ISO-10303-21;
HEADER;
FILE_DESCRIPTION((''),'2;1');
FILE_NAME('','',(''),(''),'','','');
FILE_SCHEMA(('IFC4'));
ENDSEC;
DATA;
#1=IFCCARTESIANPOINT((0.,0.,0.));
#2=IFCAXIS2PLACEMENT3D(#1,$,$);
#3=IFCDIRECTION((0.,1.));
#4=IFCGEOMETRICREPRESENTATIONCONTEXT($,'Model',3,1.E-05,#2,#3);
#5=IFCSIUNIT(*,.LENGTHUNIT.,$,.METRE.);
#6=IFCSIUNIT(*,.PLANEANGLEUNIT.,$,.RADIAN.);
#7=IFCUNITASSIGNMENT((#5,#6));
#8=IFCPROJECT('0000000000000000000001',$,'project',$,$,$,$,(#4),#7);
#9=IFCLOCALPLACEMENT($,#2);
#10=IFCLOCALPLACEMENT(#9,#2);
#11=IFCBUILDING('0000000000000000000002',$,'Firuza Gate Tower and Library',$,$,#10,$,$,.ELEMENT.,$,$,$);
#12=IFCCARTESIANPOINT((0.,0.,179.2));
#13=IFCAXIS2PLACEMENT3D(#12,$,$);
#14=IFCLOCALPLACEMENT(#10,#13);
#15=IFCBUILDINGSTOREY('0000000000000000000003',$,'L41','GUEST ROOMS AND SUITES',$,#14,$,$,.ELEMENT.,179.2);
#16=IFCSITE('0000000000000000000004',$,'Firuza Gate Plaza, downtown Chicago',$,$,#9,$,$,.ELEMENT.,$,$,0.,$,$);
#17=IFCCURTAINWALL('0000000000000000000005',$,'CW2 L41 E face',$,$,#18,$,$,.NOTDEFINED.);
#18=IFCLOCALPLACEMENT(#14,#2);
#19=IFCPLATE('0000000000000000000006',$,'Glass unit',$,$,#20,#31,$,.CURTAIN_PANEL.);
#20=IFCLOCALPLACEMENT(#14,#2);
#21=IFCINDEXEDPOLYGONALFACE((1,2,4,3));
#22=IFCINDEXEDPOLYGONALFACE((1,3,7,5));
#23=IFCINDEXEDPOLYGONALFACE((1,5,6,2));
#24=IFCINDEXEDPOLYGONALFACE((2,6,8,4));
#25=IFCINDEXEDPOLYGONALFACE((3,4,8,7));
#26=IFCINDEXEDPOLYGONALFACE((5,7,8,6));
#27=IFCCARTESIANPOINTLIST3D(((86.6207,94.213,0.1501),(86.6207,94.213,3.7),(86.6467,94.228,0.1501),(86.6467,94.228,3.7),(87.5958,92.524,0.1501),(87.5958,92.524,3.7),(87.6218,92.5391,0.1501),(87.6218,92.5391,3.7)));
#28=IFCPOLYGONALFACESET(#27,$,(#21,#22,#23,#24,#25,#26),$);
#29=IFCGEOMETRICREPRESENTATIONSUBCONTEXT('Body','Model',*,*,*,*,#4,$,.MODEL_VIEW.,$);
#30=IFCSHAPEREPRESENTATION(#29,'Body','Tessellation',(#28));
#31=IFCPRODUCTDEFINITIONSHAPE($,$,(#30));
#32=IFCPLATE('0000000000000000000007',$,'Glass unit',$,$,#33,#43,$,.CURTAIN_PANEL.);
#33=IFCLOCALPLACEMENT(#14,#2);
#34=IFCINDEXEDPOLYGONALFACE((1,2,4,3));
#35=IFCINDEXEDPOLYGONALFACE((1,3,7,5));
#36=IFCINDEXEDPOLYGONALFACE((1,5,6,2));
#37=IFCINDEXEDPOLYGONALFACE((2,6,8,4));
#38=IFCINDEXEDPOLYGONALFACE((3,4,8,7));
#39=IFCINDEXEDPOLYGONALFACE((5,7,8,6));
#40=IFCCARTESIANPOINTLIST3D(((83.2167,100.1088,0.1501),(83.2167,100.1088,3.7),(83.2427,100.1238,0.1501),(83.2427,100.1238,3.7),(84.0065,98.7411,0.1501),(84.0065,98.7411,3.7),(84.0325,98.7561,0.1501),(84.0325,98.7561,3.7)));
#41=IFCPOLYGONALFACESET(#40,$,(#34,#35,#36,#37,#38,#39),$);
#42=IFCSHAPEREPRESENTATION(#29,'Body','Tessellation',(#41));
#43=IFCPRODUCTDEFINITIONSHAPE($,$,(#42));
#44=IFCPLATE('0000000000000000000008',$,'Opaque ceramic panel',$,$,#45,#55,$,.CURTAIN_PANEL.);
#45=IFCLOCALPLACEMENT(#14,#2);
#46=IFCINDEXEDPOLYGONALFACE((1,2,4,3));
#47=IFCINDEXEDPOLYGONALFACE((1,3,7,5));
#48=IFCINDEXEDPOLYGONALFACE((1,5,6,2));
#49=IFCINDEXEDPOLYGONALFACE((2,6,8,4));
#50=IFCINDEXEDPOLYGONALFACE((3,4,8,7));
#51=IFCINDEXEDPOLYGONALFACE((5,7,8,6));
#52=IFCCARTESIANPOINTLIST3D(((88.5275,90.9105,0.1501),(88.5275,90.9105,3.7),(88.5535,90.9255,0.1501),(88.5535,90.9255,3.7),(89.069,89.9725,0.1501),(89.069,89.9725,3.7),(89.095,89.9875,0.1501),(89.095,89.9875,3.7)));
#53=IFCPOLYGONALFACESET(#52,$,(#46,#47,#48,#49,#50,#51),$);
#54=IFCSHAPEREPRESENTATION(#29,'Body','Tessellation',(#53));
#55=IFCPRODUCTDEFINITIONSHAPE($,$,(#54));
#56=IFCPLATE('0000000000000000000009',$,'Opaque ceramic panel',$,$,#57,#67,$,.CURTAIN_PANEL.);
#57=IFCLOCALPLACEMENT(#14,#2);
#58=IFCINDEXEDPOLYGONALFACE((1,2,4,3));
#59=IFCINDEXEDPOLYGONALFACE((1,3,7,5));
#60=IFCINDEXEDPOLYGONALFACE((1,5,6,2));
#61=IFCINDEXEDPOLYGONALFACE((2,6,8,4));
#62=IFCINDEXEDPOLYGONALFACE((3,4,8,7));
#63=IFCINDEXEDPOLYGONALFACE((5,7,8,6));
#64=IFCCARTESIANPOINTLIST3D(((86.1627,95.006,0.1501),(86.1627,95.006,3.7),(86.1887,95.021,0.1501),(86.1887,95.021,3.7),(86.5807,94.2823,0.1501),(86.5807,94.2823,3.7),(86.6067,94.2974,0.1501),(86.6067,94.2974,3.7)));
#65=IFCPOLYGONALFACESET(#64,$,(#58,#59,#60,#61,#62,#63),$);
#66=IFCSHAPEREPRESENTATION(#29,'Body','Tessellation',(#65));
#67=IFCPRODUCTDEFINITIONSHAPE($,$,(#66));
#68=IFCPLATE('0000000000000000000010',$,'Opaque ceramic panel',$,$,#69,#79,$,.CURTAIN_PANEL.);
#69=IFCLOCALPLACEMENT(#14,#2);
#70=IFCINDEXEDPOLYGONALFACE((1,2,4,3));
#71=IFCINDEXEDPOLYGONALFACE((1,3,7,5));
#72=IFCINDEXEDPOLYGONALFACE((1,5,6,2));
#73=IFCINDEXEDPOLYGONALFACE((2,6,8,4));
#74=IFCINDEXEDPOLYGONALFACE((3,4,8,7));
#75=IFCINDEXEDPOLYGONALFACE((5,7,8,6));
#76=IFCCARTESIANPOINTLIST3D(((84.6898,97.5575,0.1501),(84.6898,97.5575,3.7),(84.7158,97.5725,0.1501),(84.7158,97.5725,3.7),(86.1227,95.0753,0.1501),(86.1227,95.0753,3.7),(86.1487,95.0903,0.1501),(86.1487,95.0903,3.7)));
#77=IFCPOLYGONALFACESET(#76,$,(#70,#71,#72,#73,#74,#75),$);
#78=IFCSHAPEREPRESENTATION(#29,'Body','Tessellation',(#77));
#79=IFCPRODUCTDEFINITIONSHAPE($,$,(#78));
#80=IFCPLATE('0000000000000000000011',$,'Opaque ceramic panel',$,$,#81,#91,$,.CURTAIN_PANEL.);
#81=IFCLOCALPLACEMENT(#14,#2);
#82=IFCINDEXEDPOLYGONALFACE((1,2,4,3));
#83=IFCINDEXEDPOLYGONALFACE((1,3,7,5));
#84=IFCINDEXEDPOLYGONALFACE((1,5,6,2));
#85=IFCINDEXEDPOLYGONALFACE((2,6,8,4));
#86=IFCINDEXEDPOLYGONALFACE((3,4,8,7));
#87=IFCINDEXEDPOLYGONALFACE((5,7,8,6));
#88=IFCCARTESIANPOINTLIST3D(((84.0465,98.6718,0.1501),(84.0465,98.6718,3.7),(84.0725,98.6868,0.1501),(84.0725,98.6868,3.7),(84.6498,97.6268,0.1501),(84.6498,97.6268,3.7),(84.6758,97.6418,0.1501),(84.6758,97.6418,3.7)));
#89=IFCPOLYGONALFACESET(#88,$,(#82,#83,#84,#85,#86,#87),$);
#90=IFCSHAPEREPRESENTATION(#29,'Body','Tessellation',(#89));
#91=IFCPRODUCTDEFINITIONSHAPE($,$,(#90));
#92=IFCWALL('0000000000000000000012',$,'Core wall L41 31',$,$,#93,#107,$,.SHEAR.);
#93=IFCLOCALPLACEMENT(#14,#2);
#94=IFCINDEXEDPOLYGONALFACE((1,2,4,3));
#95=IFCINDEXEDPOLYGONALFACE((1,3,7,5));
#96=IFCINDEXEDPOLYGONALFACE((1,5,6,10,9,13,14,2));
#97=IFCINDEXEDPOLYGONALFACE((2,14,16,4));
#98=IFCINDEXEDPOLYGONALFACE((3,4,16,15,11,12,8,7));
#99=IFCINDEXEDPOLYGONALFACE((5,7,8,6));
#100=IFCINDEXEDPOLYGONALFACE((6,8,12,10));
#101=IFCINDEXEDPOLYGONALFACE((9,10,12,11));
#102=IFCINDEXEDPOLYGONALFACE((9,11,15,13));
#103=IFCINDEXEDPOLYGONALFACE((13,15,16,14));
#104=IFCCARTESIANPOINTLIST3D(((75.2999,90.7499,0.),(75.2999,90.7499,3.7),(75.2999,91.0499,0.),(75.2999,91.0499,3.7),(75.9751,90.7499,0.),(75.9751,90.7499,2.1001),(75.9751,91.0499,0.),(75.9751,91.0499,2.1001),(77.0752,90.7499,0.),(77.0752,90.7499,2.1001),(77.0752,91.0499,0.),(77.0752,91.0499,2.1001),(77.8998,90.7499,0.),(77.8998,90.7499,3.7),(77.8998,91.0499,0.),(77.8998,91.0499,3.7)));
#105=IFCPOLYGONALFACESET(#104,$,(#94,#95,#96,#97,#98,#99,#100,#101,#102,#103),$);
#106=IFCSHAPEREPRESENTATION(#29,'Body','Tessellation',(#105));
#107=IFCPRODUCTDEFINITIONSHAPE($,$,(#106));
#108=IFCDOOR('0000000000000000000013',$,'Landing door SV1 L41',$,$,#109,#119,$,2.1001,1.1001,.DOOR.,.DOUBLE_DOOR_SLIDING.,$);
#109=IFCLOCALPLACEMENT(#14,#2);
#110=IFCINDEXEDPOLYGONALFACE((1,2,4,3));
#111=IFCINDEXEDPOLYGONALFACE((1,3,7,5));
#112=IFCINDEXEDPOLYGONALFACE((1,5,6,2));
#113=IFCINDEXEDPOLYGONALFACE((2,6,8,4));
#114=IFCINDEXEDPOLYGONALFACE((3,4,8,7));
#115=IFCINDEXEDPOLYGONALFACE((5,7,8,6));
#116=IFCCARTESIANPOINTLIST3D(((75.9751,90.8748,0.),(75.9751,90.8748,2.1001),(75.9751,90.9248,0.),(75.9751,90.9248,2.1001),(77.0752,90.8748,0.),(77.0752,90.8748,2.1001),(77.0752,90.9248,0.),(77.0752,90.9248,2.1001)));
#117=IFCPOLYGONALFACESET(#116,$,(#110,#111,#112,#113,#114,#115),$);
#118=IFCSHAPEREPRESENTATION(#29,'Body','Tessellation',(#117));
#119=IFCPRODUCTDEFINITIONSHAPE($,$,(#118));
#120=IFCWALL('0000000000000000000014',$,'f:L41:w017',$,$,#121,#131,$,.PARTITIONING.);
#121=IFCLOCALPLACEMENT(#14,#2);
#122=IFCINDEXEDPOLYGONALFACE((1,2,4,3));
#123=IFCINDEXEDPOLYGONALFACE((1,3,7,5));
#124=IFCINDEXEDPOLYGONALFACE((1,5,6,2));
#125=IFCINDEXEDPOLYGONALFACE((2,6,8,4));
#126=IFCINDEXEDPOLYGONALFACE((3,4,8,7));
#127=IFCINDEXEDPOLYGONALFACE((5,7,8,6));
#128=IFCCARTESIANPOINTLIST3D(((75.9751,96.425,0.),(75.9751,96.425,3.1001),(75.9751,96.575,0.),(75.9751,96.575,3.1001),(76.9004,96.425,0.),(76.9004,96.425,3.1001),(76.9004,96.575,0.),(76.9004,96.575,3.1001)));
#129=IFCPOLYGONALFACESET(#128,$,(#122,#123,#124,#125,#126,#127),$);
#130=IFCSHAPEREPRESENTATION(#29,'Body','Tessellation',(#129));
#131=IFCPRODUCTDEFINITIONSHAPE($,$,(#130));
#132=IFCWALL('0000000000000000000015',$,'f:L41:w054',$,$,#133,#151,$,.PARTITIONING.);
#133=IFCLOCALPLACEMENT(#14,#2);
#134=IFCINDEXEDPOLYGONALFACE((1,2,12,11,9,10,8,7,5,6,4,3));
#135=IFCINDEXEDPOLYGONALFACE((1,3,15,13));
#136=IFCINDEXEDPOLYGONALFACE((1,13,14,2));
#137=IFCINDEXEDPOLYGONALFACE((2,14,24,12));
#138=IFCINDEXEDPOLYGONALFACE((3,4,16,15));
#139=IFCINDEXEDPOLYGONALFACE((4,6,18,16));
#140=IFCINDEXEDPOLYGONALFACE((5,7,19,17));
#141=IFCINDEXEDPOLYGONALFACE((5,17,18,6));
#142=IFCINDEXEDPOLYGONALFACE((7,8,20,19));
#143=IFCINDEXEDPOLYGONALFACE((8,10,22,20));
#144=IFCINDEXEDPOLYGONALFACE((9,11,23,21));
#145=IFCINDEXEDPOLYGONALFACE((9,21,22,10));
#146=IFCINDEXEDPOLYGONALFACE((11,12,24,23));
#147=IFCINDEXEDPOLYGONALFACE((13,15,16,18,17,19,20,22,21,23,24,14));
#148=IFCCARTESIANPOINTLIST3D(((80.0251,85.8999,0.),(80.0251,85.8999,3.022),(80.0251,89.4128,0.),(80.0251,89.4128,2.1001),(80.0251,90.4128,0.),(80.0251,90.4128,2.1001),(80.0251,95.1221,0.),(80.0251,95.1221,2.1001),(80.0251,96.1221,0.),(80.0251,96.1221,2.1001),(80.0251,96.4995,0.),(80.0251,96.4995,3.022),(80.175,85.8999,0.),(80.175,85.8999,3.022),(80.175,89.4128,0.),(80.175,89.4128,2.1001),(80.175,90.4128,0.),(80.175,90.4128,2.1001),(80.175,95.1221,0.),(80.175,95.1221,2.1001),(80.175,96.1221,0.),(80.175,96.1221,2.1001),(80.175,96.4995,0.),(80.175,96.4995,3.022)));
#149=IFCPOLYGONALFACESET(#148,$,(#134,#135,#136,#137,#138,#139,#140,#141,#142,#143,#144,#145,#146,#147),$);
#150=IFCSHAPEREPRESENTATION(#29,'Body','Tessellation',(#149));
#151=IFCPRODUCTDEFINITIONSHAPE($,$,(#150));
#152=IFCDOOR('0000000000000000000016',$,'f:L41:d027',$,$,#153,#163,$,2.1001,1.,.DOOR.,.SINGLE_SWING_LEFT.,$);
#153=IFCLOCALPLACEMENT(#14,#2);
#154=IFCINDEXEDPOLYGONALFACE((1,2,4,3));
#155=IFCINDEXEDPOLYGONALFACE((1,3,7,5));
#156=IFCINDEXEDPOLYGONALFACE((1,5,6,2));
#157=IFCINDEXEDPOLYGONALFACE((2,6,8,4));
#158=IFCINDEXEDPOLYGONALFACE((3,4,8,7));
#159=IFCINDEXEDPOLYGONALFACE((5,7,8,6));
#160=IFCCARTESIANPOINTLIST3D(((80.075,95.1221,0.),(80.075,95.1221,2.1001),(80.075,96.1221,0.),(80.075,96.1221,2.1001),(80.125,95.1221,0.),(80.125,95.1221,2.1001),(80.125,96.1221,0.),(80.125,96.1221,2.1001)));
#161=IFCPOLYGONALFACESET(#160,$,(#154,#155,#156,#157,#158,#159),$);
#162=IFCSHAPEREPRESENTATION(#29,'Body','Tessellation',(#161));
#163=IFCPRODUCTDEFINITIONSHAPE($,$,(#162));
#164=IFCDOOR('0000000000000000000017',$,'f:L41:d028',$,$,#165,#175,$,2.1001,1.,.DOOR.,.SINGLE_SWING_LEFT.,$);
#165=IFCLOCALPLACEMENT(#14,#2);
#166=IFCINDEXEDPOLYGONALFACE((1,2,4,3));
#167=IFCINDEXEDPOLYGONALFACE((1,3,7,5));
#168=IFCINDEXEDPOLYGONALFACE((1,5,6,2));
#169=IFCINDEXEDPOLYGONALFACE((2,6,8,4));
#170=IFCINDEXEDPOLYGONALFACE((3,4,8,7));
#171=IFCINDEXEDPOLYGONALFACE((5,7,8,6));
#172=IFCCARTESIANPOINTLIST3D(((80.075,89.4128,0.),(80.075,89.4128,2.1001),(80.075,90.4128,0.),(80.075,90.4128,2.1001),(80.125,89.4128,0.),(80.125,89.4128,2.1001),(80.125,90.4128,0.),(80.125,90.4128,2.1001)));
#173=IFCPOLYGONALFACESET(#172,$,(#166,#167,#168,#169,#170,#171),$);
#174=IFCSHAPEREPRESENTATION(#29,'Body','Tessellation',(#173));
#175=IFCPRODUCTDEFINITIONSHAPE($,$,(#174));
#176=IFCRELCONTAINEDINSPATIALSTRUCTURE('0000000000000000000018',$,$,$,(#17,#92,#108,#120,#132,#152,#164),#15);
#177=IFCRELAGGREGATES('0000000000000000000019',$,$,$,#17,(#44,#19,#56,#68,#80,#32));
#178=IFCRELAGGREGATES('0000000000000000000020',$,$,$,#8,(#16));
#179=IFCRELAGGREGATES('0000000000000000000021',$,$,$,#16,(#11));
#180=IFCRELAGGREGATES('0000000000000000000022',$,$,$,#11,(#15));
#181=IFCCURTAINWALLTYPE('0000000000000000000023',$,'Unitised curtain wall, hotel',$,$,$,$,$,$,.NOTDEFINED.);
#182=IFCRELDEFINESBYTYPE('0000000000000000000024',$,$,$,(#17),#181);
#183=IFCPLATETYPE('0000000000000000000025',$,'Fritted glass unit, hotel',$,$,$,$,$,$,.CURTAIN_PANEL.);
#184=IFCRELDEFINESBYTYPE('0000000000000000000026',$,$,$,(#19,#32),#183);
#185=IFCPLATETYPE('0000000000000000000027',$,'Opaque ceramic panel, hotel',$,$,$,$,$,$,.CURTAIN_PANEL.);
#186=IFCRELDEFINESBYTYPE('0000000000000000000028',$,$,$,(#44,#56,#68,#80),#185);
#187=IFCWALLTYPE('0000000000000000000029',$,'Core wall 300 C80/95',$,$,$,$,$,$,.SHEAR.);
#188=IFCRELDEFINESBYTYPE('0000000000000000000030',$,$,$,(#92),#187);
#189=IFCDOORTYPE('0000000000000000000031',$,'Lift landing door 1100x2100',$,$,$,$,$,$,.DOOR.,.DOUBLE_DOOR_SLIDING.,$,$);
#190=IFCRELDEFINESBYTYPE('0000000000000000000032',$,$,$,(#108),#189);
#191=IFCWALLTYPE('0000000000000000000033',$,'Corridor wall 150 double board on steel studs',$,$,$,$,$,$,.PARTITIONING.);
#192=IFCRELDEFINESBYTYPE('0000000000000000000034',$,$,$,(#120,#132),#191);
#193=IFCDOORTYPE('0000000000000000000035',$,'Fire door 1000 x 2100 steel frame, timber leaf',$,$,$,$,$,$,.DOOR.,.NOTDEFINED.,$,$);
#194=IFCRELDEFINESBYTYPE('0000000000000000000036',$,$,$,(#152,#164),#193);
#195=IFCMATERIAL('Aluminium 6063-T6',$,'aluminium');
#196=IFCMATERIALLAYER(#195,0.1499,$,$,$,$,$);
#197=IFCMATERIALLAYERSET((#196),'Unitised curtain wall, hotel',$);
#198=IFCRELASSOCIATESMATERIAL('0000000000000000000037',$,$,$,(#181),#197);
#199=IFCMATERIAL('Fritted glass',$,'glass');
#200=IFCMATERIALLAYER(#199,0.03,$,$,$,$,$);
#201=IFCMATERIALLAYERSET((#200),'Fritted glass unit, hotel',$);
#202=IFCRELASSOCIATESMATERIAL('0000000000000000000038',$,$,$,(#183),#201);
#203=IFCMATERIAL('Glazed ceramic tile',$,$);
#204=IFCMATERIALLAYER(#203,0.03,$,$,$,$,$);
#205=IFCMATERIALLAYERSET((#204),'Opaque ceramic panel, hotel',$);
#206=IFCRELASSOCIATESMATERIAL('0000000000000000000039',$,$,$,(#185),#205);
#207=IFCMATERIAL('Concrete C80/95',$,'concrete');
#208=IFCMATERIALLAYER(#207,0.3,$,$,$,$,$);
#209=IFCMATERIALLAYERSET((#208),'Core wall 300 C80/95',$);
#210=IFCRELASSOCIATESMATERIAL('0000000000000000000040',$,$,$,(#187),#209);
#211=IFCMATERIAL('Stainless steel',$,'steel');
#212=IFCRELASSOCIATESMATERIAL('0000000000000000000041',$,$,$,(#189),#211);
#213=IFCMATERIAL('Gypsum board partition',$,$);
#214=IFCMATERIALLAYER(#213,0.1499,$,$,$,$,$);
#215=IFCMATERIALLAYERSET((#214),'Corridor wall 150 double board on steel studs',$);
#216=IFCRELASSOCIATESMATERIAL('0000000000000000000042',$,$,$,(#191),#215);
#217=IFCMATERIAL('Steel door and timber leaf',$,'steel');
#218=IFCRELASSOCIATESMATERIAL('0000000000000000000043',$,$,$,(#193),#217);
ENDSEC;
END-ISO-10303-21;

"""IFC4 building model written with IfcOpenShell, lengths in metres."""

from ifc_helpers import new_model, si_unit, direction, frame, frame_2d, origin, place, context, subcontext, project, spatial, polyline, rectangle, outline, extrude, material, layer, layer_set, type_object, element, fill, aggregate, save


model = new_model("IFC4")

# Units and contexts
model_context = context("Model", 3, precision=1e-05, world=origin(), true_north=direction((0.0, 1.0)))
body_context = subcontext(model_context, "Body", "Model", "MODEL_VIEW")
ifc_project = project(units=[si_unit("LENGTHUNIT", "METRE"), si_unit("PLANEANGLEUNIT", "RADIAN")], contexts=[model_context])

# Site, building, storey
site_placement = place(None, origin())
site = spatial("IfcSite", under=ifc_project, at=site_placement, Name="Firuza Gate Plaza, downtown Chicago", CompositionType="ELEMENT", RefElevation=0.0)
building_placement = place(site_placement, origin())
building = spatial("IfcBuilding", under=site, at=building_placement, Name="Firuza Gate Tower and Library", CompositionType="ELEMENT")
storey_placement = place(building_placement, frame((0.0, 0.0, 179.2)))
storey = spatial("IfcBuildingStorey", under=building, at=storey_placement, Name="L41", Description="GUEST ROOMS AND SUITES", CompositionType="ELEMENT", Elevation=179.2)

# Curtain wall
ifc_material_1 = material(Name="Aluminium 6063-T6", Category="aluminium")
ifc_layer_1 = layer(ifc_material_1, 0.1499)
ifc_layer_set_1 = layer_set([ifc_layer_1], Name="Unitised curtain wall, hotel")
curtain_wall_type = type_object("IfcCurtainWallType", Name="Unitised curtain wall, hotel", PredefinedType="NOTDEFINED", material=ifc_layer_set_1)
curtain_wall_placement = place(storey_placement, origin())
curtain_wall = element("IfcCurtainWall", 1, at=curtain_wall_placement, inside=storey, type_object=curtain_wall_type, Name="CW2 L41 E face", PredefinedType="NOTDEFINED")

# Plates
ifc_material_2 = material(Name="Fritted glass", Category="glass")
ifc_layer_2 = layer(ifc_material_2, 0.03)
ifc_layer_set_2 = layer_set([ifc_layer_2], Name="Fritted glass unit, hotel")
plate_type_1 = type_object("IfcPlateType", Name="Fritted glass unit, hotel", PredefinedType="CURTAIN_PANEL", material=ifc_layer_set_2)
plate_1_placement = place(storey_placement, frame((87.6218, 92.5391, 0.1501), z_axis=(0.866031, 0.49999, 0.0), x_axis=(-0.49999, 0.866031, 0.0)))
plate_1 = element("IfcPlate", 2, at=plate_1_placement, type_object=plate_type_1, Name="Glass unit", PredefinedType="CURTAIN_PANEL", context=body_context, shape_type="SweptSolid", body=[
    extrude(outline(polyline([(0.0, 0.0), (1.9502, 0.0), (1.9502, 3.5498), (0.0, 3.5498), (0.0, 0.0)])), origin(), (0.0, 0.0, -1.0), 0.03),
])
plate_2_placement = place(storey_placement, frame((84.0325, 98.7561, 0.1501), z_axis=(0.86598, 0.500079, 0.0), x_axis=(-0.500079, 0.86598, 0.0)))
plate_2 = element("IfcPlate", 3, at=plate_2_placement, type_object=plate_type_1, Name="Glass unit", PredefinedType="CURTAIN_PANEL", context=body_context, shape_type="SweptSolid", body=[
    extrude(outline(polyline([(0.0, 0.0), (1.5793, 0.0), (1.5793, 3.5498), (0.0, 3.5498), (0.0, 0.0)])), origin(), (0.0, 0.0, -1.0), 0.03),
])
ifc_material_3 = material(Name="Glazed ceramic tile")
ifc_layer_3 = layer(ifc_material_3, 0.03)
ifc_layer_set_3 = layer_set([ifc_layer_3], Name="Opaque ceramic panel, hotel")
plate_type_2 = type_object("IfcPlateType", Name="Opaque ceramic panel, hotel", PredefinedType="CURTAIN_PANEL", material=ifc_layer_set_3)
plate_3_placement = place(storey_placement, frame((89.095, 89.9875, 0.1501), z_axis=(0.866043, 0.49997, 0.0), x_axis=(-0.49997, 0.866043, 0.0)))
plate_3 = element("IfcPlate", 4, at=plate_3_placement, type_object=plate_type_2, Name="Opaque ceramic panel", PredefinedType="CURTAIN_PANEL", context=body_context, shape_type="SweptSolid", body=[
    extrude(outline(polyline([(0.0, 0.0), (1.0831, 0.0), (1.0831, 3.5498), (0.0, 3.5498), (0.0, 0.0)])), origin(), (0.0, 0.0, -1.0), 0.03),
])
plate_4_placement = place(storey_placement, frame((86.6067, 94.2974, 0.1501), z_axis=(0.865933, 0.500161, 0.0), x_axis=(-0.500161, 0.865933, 0.0)))
plate_4 = element("IfcPlate", 5, at=plate_4_placement, type_object=plate_type_2, Name="Opaque ceramic panel", PredefinedType="CURTAIN_PANEL", context=body_context, shape_type="SweptSolid", body=[
    extrude(outline(polyline([(0.0, 0.0), (0.8357, 0.0), (0.8357, 3.5498), (0.0, 3.5498), (0.0, 0.0)])), origin(), (0.0, 0.0, -1.0), 0.03),
])
plate_5_placement = place(storey_placement, frame((86.1487, 95.0903, 0.1501), z_axis=(0.866059, 0.499941, 0.0), x_axis=(-0.499941, 0.866059, 0.0)))
plate_5 = element("IfcPlate", 6, at=plate_5_placement, type_object=plate_type_2, Name="Opaque ceramic panel", PredefinedType="CURTAIN_PANEL", context=body_context, shape_type="SweptSolid", body=[
    extrude(outline(polyline([(0.0, 0.0), (2.8661, 0.0), (2.8661, 3.5498), (0.0, 3.5498), (0.0, 0.0)])), origin(), (0.0, 0.0, -1.0), 0.03),
])
plate_6_placement = place(storey_placement, frame((84.6758, 97.6418, 0.1501), z_axis=(0.866031, 0.499991, 0.0), x_axis=(-0.499991, 0.866031, 0.0)))
plate_6 = element("IfcPlate", 7, at=plate_6_placement, type_object=plate_type_2, Name="Opaque ceramic panel", PredefinedType="CURTAIN_PANEL", context=body_context, shape_type="SweptSolid", body=[
    extrude(outline(polyline([(0.0, 0.0), (1.2066, 0.0), (1.2066, 3.5498), (0.0, 3.5498), (0.0, 0.0)])), origin(), (0.0, 0.0, -1.0), 0.03),
])
aggregate(curtain_wall, [plate_3, plate_1, plate_4, plate_5, plate_6, plate_2])

# Wall, opening, door
ifc_material_4 = material(Name="Concrete C80/95", Category="concrete")
ifc_layer_4 = layer(ifc_material_4, 0.3)
ifc_layer_set_4 = layer_set([ifc_layer_4], Name="Core wall 300 C80/95")
wall_type_1 = type_object("IfcWallType", Name="Core wall 300 C80/95", PredefinedType="SHEAR", material=ifc_layer_set_4)
wall_1_placement = place(storey_placement, frame((75.3, 90.8999, 0.0), z_axis=(0.0, 0.0, 1.0), x_axis=(1.0, 0.0, 0.0)))
wall_1 = element("IfcWall", 8, at=wall_1_placement, inside=storey, type_object=wall_type_1, Name="Core wall L41 31", PredefinedType="SHEAR", context=body_context, shape_type="SweptSolid", body=[
    extrude(rectangle(XDim=2.5999, YDim=0.3, at=frame_2d((1.2998, 0.0))), origin(), (0.0, 0.0, 1.0), 3.7),
])
opening_1_placement = place(wall_1_placement, frame((0.675, 0.0, 0.0)))
opening_1 = element("IfcOpeningElement", 9, at=opening_1_placement, cuts=wall_1, PredefinedType="OPENING", context=body_context, shape_type="SweptSolid", body=[
    extrude(rectangle(XDim=1.1001, YDim=2.1001, at=frame_2d((0.55, 1.05))), frame((0.0, 0.1602, 0.0), z_axis=(0.0, -1.0, 0.0), x_axis=(1.0, 0.0, 0.0)), (0.0, 0.0, 1.0), 0.3201),
])
ifc_material_5 = material(Name="Stainless steel", Category="steel")
door_type_1 = type_object("IfcDoorType", Name="Lift landing door 1100x2100", OperationType="DOUBLE_DOOR_SLIDING", PredefinedType="DOOR", material=ifc_material_5)
door_1_placement = place(opening_1_placement, origin())
door_1 = element("IfcDoor", 10, at=door_1_placement, inside=storey, type_object=door_type_1, Name="Landing door SV1 L41", OperationType="DOUBLE_DOOR_SLIDING", OverallHeight=2.1001, OverallWidth=1.1001, PredefinedType="DOOR", context=body_context, shape_type="SweptSolid", body=[
    extrude(rectangle(XDim=1.1001, YDim=2.1001, at=frame_2d((0.55, 1.05))), frame((0.0, 0.0249, 0.0), z_axis=(0.0, -1.0, 0.0), x_axis=(1.0, 0.0, 0.0)), (0.0, 0.0, 1.0), 0.05),
])
fill(opening_1, door_1)

# Wall
ifc_material_6 = material(Name="Gypsum board partition")
ifc_layer_5 = layer(ifc_material_6, 0.1499)
ifc_layer_set_5 = layer_set([ifc_layer_5], Name="Corridor wall 150 double board on steel studs")
wall_type_2 = type_object("IfcWallType", Name="Corridor wall 150 double board on steel studs", PredefinedType="PARTITIONING", material=ifc_layer_set_5)
wall_2_placement = place(storey_placement, frame((75.9751, 96.5, 0.0), z_axis=(0.0, 0.0, 1.0), x_axis=(1.0, 0.0, 0.0)))
element("IfcWall", 11, at=wall_2_placement, inside=storey, type_object=wall_type_2, Name="f:L41:w017", PredefinedType="PARTITIONING", context=body_context, shape_type="SweptSolid", body=[
    extrude(rectangle(XDim=0.9253, YDim=0.1499, at=frame_2d((0.4626, 0.0))), origin(), (0.0, 0.0, 1.0), 3.1001),
])

# Wall, openings, doors
wall_3_placement = place(storey_placement, frame((80.1001, 96.4995, 0.0), z_axis=(0.0, 0.0, 1.0), x_axis=(0.0, -1.0, 0.0)))
wall_3 = element("IfcWall", 12, at=wall_3_placement, inside=storey, type_object=wall_type_2, Name="f:L41:w054", PredefinedType="PARTITIONING", context=body_context, shape_type="SweptSolid", body=[
    extrude(rectangle(XDim=10.5996, YDim=0.1499, at=frame_2d((5.2998, 0.0))), origin(), (0.0, 0.0, 1.0), 3.022),
])
opening_2_placement = place(wall_3_placement, frame((0.3774, 0.0, 0.0)))
opening_2 = element("IfcOpeningElement", 13, at=opening_2_placement, cuts=wall_3, PredefinedType="OPENING", context=body_context, shape_type="SweptSolid", body=[
    extrude(rectangle(XDim=1.0, YDim=2.1001, at=frame_2d((0.5, 1.05))), frame((0.0, 0.085, 0.0), z_axis=(0.0, -1.0, 0.0), x_axis=(1.0, 0.0, 0.0)), (0.0, 0.0, 1.0), 0.1699),
])
opening_3_placement = place(wall_3_placement, frame((6.0867, 0.0, 0.0)))
opening_3 = element("IfcOpeningElement", 14, at=opening_3_placement, cuts=wall_3, PredefinedType="OPENING", context=body_context, shape_type="SweptSolid", body=[
    extrude(rectangle(XDim=1.0, YDim=2.1001, at=frame_2d((0.5, 1.05))), frame((0.0, 0.085, 0.0), z_axis=(0.0, -1.0, 0.0), x_axis=(1.0, 0.0, 0.0)), (0.0, 0.0, 1.0), 0.1699),
])
ifc_material_7 = material(Name="Steel door and timber leaf", Category="steel")
door_type_2 = type_object("IfcDoorType", Name="Fire door 1000 x 2100 steel frame, timber leaf", OperationType="NOTDEFINED", PredefinedType="DOOR", material=ifc_material_7)
door_2_placement = place(opening_2_placement, origin())
door_2 = element("IfcDoor", 15, at=door_2_placement, inside=storey, type_object=door_type_2, Name="f:L41:d027", OperationType="SINGLE_SWING_LEFT", OverallHeight=2.1001, OverallWidth=1.0, PredefinedType="DOOR", context=body_context, shape_type="SweptSolid", body=[
    extrude(rectangle(XDim=1.0, YDim=2.1001, at=frame_2d((0.5, 1.05))), frame((0.0, 0.0249, 0.0), z_axis=(0.0, -1.0, 0.0), x_axis=(1.0, 0.0, 0.0)), (0.0, 0.0, 1.0), 0.05),
])
fill(opening_2, door_2)
door_3_placement = place(opening_3_placement, origin())
door_3 = element("IfcDoor", 16, at=door_3_placement, inside=storey, type_object=door_type_2, Name="f:L41:d028", OperationType="SINGLE_SWING_LEFT", OverallHeight=2.1001, OverallWidth=1.0, PredefinedType="DOOR", context=body_context, shape_type="SweptSolid", body=[
    extrude(rectangle(XDim=1.0, YDim=2.1001, at=frame_2d((0.5, 1.05))), frame((0.0, 0.0249, 0.0), z_axis=(0.0, -1.0, 0.0), x_axis=(1.0, 0.0, 0.0)), (0.0, 0.0, 1.0), 0.05),
])
fill(opening_3, door_3)

save(model, "model.ifc")
